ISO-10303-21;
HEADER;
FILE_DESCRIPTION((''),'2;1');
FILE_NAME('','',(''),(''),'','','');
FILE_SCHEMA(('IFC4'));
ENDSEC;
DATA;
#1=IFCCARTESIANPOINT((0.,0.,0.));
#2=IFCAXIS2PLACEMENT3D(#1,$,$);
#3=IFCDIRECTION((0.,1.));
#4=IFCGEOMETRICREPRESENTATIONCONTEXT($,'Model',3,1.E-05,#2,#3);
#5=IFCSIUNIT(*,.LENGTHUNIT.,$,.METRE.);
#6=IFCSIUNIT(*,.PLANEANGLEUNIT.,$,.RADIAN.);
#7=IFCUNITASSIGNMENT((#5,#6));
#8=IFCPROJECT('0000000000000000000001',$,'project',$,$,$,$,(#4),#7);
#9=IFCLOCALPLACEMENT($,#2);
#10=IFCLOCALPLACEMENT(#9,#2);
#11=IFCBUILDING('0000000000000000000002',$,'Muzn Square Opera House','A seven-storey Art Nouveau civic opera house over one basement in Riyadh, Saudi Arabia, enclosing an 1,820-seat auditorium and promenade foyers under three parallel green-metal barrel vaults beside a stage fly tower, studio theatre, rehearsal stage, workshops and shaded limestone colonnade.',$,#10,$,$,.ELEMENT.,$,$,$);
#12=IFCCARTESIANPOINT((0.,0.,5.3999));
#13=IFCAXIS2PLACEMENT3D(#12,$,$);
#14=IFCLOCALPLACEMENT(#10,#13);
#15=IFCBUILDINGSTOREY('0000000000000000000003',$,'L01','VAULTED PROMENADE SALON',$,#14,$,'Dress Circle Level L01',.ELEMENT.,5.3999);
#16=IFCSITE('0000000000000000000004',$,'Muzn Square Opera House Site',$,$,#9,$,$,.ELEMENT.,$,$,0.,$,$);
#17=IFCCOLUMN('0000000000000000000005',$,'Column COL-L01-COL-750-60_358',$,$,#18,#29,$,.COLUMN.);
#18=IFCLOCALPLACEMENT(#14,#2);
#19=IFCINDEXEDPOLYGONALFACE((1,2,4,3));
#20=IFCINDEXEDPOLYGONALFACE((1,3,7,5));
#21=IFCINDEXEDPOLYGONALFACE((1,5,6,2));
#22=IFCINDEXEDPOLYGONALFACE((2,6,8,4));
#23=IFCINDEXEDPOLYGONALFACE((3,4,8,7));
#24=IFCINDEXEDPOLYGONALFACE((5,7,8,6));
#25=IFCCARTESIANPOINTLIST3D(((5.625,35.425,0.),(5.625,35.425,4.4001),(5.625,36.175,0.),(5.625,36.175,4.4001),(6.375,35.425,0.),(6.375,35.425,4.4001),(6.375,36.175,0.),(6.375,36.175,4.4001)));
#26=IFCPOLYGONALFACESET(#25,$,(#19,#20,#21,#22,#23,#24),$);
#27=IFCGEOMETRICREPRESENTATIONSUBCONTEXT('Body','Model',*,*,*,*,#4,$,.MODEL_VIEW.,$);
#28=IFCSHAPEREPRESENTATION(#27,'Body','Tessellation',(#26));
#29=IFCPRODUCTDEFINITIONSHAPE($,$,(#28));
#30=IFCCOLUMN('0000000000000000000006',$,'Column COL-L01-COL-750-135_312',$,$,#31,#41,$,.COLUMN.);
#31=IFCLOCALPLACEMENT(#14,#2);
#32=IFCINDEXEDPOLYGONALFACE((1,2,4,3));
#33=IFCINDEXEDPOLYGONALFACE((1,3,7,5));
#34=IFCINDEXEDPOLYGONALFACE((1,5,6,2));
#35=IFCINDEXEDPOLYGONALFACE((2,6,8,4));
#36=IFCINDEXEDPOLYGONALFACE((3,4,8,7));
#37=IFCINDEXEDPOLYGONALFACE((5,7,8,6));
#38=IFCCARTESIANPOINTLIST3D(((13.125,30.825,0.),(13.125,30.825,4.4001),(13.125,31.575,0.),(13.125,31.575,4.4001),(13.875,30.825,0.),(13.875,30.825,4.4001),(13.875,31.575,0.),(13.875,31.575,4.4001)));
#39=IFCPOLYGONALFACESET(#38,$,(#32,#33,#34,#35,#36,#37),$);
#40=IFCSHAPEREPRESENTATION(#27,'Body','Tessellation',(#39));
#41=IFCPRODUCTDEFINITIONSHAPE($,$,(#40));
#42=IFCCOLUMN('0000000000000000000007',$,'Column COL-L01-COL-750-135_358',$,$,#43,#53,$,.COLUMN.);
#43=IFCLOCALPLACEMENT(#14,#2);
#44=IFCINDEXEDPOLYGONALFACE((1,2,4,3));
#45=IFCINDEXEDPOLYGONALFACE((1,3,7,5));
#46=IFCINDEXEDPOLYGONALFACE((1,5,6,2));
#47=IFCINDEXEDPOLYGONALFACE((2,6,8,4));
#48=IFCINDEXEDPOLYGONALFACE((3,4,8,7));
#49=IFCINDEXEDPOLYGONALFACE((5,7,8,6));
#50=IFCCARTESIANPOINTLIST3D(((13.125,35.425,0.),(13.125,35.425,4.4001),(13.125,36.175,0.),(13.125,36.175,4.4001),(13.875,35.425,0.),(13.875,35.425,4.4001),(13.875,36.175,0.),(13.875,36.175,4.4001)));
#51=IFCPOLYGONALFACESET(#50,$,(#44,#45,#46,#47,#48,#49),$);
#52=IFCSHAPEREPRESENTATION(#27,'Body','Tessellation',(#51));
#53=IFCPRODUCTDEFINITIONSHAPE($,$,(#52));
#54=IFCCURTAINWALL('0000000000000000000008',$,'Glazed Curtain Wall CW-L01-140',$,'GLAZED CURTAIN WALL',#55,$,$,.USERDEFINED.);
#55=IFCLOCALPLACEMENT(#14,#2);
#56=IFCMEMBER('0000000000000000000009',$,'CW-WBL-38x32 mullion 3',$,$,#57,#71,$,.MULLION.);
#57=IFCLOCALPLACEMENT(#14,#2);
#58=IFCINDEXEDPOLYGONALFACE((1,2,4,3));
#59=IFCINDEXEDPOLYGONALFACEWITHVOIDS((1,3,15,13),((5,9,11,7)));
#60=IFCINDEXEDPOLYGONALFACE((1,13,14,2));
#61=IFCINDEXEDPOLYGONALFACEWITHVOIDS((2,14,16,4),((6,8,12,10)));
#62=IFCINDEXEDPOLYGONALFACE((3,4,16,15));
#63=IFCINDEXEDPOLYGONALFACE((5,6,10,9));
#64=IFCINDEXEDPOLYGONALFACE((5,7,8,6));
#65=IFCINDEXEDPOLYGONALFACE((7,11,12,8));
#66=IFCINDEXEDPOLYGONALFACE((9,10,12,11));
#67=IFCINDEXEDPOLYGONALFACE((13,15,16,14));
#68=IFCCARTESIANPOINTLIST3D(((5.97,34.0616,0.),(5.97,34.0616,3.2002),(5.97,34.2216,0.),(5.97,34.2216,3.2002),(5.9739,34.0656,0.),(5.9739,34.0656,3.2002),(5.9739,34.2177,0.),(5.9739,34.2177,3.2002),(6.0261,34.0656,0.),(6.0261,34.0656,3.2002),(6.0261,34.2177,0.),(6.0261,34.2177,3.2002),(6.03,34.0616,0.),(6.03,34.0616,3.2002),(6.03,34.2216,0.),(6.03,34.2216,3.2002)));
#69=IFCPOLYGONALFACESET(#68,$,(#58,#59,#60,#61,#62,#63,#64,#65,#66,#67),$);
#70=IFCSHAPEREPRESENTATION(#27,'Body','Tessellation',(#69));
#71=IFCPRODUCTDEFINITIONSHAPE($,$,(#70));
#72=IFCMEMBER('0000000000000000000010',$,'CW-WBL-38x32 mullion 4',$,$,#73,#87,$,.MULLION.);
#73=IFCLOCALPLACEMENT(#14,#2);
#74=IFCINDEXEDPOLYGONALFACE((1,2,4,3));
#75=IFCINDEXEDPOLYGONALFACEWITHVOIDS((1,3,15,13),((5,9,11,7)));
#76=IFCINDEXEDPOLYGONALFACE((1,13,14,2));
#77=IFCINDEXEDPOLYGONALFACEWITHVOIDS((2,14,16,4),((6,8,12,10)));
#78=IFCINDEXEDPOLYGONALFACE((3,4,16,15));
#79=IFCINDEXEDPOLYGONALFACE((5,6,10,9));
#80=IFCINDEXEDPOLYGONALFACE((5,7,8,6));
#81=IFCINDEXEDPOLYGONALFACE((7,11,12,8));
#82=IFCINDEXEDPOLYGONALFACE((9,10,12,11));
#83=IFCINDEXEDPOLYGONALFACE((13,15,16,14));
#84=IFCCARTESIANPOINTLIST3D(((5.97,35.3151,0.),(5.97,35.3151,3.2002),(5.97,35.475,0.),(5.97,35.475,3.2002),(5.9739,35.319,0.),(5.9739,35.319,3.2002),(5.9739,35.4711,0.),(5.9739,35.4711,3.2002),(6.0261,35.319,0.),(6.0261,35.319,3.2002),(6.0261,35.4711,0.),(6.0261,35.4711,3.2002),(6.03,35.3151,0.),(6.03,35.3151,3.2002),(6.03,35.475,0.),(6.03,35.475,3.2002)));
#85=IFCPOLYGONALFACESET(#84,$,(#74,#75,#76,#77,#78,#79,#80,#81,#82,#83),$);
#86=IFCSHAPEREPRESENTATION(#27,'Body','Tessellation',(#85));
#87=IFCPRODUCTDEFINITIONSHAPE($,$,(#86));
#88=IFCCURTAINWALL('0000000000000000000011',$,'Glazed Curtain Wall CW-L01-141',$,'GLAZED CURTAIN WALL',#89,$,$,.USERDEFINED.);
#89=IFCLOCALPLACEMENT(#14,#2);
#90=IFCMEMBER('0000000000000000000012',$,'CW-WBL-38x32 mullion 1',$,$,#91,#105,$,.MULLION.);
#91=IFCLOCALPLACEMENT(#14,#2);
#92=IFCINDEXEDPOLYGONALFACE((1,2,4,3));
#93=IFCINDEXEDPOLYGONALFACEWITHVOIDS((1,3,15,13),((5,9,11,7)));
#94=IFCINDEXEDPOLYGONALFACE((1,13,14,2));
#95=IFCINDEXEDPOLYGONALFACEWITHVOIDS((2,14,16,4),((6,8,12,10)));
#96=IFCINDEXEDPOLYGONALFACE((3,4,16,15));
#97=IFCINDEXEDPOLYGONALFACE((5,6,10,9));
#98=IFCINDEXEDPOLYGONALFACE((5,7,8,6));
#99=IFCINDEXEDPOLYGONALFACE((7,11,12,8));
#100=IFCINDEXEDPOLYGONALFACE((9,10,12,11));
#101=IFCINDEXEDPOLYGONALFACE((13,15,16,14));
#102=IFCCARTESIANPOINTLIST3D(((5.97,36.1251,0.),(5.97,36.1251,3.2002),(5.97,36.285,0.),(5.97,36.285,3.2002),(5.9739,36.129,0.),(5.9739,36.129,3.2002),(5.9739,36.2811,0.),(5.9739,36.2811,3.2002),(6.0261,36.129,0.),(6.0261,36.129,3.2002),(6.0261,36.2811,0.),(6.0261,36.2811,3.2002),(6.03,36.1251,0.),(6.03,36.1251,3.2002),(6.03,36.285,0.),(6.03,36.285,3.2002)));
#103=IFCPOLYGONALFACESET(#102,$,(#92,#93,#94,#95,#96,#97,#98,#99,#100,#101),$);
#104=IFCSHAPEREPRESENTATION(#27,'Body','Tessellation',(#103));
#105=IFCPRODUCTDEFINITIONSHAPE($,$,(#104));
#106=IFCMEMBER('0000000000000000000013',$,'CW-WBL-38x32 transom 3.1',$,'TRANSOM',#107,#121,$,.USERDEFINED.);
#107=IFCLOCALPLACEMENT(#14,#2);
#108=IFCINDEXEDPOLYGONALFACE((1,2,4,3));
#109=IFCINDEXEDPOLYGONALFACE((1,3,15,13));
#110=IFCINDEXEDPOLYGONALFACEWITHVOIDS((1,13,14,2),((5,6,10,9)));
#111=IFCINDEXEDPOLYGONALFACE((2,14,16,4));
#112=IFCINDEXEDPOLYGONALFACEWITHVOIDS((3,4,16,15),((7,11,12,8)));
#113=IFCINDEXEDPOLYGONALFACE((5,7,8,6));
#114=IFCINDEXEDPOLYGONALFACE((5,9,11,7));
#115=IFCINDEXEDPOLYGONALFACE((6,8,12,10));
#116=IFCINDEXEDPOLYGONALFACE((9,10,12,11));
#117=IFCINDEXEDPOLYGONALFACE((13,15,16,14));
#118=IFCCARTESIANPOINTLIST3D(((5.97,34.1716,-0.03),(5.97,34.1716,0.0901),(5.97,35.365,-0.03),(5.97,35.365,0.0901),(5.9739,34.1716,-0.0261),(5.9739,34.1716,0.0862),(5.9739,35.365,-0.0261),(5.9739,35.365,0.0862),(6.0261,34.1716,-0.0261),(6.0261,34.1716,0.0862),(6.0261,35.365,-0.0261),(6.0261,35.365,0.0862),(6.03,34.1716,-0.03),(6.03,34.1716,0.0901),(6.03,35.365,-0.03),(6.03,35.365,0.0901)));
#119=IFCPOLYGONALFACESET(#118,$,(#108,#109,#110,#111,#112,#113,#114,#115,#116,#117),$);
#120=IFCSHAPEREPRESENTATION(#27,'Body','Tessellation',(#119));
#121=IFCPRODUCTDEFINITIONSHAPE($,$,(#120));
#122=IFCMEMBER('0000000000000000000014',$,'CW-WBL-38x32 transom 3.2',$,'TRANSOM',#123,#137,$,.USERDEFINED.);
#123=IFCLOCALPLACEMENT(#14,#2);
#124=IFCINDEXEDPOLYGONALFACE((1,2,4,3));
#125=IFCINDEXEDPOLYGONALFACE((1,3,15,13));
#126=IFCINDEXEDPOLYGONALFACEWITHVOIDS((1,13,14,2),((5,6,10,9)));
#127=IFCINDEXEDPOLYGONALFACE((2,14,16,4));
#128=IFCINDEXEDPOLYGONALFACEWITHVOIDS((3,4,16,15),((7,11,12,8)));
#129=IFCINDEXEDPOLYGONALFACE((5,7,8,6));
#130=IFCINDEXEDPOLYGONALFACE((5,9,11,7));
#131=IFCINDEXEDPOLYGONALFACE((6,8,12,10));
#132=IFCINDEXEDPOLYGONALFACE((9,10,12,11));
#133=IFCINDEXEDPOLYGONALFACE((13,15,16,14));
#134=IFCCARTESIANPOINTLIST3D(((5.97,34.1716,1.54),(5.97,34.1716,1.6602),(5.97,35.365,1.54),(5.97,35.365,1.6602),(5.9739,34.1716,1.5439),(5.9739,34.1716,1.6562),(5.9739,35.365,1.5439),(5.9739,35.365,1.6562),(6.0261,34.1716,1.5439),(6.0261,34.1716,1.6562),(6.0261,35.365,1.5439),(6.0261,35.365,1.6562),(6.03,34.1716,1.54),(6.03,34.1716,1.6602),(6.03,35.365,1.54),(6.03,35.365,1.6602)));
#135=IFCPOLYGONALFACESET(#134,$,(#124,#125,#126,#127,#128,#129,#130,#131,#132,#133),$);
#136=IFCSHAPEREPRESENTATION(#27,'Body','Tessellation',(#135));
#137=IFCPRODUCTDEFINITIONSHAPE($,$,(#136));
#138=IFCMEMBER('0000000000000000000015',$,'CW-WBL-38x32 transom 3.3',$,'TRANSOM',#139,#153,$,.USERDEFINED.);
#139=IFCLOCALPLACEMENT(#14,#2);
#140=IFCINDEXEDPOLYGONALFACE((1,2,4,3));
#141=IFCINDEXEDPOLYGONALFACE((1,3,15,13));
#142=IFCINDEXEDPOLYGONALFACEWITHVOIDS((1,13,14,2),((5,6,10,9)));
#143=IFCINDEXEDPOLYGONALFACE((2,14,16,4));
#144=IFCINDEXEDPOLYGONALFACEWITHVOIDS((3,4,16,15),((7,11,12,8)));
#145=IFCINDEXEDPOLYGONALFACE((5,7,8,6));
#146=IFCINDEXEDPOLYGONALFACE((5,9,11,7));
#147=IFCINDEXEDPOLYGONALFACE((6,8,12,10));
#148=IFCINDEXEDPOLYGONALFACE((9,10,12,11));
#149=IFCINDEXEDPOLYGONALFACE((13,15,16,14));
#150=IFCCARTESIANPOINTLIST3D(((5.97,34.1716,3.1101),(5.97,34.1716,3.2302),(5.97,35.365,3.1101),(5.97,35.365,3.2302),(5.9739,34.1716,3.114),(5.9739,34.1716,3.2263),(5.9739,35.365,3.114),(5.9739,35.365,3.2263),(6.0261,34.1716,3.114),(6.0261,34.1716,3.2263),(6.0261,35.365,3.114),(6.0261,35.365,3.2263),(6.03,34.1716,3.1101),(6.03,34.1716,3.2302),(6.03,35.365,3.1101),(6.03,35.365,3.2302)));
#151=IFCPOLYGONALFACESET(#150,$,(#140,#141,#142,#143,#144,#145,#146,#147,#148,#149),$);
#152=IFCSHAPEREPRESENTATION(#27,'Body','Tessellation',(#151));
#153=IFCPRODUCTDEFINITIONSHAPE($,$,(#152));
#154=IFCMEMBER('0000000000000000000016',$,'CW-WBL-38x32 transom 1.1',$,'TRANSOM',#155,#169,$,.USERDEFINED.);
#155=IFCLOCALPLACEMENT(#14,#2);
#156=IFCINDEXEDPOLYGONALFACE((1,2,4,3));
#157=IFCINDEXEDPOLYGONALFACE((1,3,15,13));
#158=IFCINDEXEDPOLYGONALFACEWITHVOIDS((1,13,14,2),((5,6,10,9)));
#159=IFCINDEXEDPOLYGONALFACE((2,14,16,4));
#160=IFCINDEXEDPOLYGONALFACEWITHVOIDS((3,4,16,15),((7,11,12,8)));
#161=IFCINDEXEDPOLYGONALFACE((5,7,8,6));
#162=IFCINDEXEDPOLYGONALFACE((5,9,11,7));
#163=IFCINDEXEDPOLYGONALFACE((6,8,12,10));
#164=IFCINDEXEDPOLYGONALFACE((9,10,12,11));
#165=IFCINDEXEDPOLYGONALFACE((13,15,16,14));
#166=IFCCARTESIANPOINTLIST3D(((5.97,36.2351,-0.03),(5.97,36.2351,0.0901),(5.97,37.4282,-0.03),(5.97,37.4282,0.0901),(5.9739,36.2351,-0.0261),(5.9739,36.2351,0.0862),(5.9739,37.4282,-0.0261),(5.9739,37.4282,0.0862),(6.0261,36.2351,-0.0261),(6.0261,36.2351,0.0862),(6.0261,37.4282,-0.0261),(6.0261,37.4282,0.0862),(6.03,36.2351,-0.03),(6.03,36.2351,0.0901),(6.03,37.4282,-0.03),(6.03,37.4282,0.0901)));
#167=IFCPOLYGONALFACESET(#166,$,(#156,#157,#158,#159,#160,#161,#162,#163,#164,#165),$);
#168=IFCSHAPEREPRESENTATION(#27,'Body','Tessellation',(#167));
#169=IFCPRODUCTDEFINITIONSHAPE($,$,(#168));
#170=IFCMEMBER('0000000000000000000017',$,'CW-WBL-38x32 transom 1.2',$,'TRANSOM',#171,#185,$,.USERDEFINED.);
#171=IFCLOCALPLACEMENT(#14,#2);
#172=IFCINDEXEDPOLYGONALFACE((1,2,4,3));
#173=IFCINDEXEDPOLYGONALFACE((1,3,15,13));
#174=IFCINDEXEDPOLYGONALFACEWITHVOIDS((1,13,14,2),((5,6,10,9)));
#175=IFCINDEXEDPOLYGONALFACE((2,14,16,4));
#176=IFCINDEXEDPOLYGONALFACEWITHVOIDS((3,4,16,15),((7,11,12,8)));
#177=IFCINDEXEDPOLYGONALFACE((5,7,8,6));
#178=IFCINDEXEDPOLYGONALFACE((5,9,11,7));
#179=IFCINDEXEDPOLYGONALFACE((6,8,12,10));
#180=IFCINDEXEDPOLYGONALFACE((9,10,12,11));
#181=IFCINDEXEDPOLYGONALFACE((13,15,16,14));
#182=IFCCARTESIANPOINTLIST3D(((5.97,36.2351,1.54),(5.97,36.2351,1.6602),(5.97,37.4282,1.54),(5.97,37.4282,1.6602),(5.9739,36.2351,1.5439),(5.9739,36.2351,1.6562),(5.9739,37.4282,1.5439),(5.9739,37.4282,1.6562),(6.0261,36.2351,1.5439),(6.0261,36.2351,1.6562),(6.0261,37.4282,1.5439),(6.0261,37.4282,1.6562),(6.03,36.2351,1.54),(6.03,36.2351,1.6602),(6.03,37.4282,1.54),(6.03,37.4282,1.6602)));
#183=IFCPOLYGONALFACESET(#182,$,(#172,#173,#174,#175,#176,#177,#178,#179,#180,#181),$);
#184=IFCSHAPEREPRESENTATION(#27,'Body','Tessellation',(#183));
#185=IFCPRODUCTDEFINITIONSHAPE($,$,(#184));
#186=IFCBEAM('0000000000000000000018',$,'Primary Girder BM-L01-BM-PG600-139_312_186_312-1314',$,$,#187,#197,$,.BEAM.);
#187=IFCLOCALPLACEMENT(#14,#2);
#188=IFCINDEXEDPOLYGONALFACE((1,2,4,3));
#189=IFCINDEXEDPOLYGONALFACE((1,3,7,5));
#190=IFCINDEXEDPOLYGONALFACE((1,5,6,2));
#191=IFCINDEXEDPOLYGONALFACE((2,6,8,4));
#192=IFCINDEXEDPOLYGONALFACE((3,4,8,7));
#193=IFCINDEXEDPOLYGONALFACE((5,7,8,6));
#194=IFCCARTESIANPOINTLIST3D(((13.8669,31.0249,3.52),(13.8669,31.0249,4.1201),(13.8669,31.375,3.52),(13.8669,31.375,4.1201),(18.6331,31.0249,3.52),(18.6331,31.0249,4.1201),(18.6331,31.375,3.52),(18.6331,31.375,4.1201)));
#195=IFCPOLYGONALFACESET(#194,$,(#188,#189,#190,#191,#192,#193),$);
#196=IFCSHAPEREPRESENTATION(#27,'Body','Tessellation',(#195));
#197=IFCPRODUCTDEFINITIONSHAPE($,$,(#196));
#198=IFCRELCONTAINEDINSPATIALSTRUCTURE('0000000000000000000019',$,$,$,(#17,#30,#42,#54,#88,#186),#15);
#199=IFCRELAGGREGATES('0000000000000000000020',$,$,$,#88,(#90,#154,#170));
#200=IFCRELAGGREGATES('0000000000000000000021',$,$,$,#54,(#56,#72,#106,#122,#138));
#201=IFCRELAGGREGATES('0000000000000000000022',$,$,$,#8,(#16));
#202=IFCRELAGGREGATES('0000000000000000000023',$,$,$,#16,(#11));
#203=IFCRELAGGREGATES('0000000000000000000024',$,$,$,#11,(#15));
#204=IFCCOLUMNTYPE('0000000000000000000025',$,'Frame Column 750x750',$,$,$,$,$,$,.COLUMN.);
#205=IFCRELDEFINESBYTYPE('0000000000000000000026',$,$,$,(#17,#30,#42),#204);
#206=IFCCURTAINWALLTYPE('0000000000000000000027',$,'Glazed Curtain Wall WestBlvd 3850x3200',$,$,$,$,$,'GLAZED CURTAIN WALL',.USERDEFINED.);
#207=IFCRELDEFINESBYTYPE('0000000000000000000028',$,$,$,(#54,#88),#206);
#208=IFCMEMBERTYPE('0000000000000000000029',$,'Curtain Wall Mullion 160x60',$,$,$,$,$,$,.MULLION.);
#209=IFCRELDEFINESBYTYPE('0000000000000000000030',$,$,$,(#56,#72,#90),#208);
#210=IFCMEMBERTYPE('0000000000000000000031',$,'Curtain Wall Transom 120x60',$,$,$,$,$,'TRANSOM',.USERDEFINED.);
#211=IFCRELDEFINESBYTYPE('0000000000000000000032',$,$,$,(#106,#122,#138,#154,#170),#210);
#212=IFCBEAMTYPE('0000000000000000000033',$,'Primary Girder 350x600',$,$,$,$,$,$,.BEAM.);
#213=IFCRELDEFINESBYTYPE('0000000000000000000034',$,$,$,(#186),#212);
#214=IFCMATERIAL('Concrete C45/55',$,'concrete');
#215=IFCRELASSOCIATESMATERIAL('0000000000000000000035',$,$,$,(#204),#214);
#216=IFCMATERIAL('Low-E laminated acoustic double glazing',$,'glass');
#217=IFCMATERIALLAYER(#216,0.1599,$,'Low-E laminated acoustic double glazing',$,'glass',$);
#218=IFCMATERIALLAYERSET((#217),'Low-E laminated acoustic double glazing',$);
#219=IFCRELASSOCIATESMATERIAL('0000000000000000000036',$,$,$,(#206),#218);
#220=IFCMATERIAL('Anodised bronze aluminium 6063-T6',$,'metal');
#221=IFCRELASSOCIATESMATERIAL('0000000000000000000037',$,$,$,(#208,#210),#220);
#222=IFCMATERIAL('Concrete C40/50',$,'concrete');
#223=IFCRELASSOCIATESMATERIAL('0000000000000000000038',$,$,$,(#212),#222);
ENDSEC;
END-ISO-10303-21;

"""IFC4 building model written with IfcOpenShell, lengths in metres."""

from ifc_helpers import new_model, si_unit, direction, frame, origin, origin_2d, place, context, subcontext, project, spatial, rectangle, hollow_rectangle, extrude, material, layer, layer_set, material_profile, profile_set, type_object, element, aggregate, save


model = new_model("IFC4")

# Units and contexts
model_context = context("Model", 3, precision=1e-05, world=origin(), true_north=direction((0.0, 1.0)))
body_context = subcontext(model_context, "Body", "Model", "MODEL_VIEW")
ifc_project = project(units=[si_unit("LENGTHUNIT", "METRE"), si_unit("PLANEANGLEUNIT", "RADIAN")], contexts=[model_context])

# Site, building, storey
site_placement = place(None, origin())
site = spatial("IfcSite", under=ifc_project, at=site_placement, Name="Muzn Square Opera House Site", CompositionType="ELEMENT", RefElevation=0.0)
building_placement = place(site_placement, origin())
building = spatial("IfcBuilding", under=site, at=building_placement, Name="Muzn Square Opera House", Description="A seven-storey Art Nouveau civic opera house over one basement in Riyadh, Saudi Arabia, enclosing an 1,820-seat auditorium and promenade foyers under three parallel green-metal barrel vaults beside a stage fly tower, studio theatre, rehearsal stage, workshops and shaded limestone colonnade.", CompositionType="ELEMENT")
storey_placement = place(building_placement, frame((0.0, 0.0, 5.3999)))
storey = spatial("IfcBuildingStorey", under=building, at=storey_placement, Name="L01", Description="VAULTED PROMENADE SALON", LongName="Dress Circle Level L01", CompositionType="ELEMENT", Elevation=5.3999)

# Columns
ifc_material_1 = material(Name="Concrete C45/55", Category="concrete")
ifc_material_profile_1 = material_profile(ifc_material_1, rectangle(XDim=0.75, YDim=0.75, at=origin_2d()), Name="RC 750x750", Category="concrete")
ifc_profile_set_1 = profile_set([ifc_material_profile_1], Name="Concrete C45/55")
column_type = type_object("IfcColumnType", Name="Frame Column 750x750", PredefinedType="COLUMN", material=ifc_profile_set_1)
for number, where, z_axis, x_axis, name in (
    (1, (6.0, 35.8, 0.0), (0.0, 0.0, 1.0), (1.0, 0.0, 0.0), "Column COL-L01-COL-750-60_358"),
    (2, (13.5, 31.2, 0.0), (0.0, 0.0, 1.0), (1.0, 0.0, 0.0), "Column COL-L01-COL-750-135_312"),
    (3, (13.5, 35.8, 0.0), (0.0, 0.0, 1.0), (1.0, 0.0, 0.0), "Column COL-L01-COL-750-135_358"),
):
    element("IfcColumn", number, at=place(storey_placement, frame(where, z_axis=z_axis, x_axis=x_axis)), inside=storey, type_object=column_type, Name=name, PredefinedType="COLUMN", context=body_context, shape_type="SweptSolid", body=[
        extrude(rectangle(XDim=0.75, YDim=0.75, at=origin_2d()), origin(), (0.0, 0.0, 1.0), 4.4001),
    ])

# Curtain wall, members
ifc_material_2 = material(Name="Low-E laminated acoustic double glazing", Category="glass")
ifc_layer_1 = layer(ifc_material_2, 0.1599, Name="Low-E laminated acoustic double glazing", Category="glass")
ifc_layer_set_1 = layer_set([ifc_layer_1], Name="Low-E laminated acoustic double glazing")
curtain_wall_type = type_object("IfcCurtainWallType", Name="Glazed Curtain Wall WestBlvd 3850x3200", ElementType="GLAZED CURTAIN WALL", PredefinedType="USERDEFINED", material=ifc_layer_set_1)
curtain_wall_1_placement = place(storey_placement, origin())
curtain_wall_1 = element("IfcCurtainWall", 4, at=curtain_wall_1_placement, inside=storey, type_object=curtain_wall_type, Name="Glazed Curtain Wall CW-L01-140", ObjectType="GLAZED CURTAIN WALL", PredefinedType="USERDEFINED")
ifc_material_3 = material(Name="Anodised bronze aluminium 6063-T6", Category="metal")
ifc_material_profile_2 = material_profile(ifc_material_3, hollow_rectangle(XDim=0.0601, YDim=0.1599, WallThickness=0.0039, at=origin_2d()), Name="ALU 160x60x4", Category="metal")
ifc_profile_set_2 = profile_set([ifc_material_profile_2], Name="Anodised bronze aluminium 6063-T6")
member_type_1 = type_object("IfcMemberType", Name="Curtain Wall Mullion 160x60", PredefinedType="MULLION", material=ifc_profile_set_2)
member_1_placement = place(storey_placement, frame((6.0, 34.1416, 0.0), z_axis=(0.0, 0.0, 1.0), x_axis=(-1.0, 0.0, 0.0)))
member_1 = element("IfcMember", 5, at=member_1_placement, type_object=member_type_1, Name="CW-WBL-38x32 mullion 3", PredefinedType="MULLION", context=body_context, shape_type="SweptSolid", body=[
    extrude(hollow_rectangle(XDim=0.0601, YDim=0.1599, WallThickness=0.0039, at=origin_2d()), origin(), (0.0, 0.0, 1.0), 3.2002),
])
member_2_placement = place(storey_placement, frame((6.0, 35.395, 0.0), z_axis=(0.0, 0.0, 1.0), x_axis=(-1.0, 0.0, 0.0)))
member_2 = element("IfcMember", 6, at=member_2_placement, type_object=member_type_1, Name="CW-WBL-38x32 mullion 4", PredefinedType="MULLION", context=body_context, shape_type="SweptSolid", body=[
    extrude(hollow_rectangle(XDim=0.0601, YDim=0.1599, WallThickness=0.0039, at=origin_2d()), origin(), (0.0, 0.0, 1.0), 3.2002),
])

# Curtain wall, member
curtain_wall_2_placement = place(storey_placement, origin())
curtain_wall_2 = element("IfcCurtainWall", 7, at=curtain_wall_2_placement, inside=storey, type_object=curtain_wall_type, Name="Glazed Curtain Wall CW-L01-141", ObjectType="GLAZED CURTAIN WALL", PredefinedType="USERDEFINED")
member_3_placement = place(storey_placement, frame((6.0, 36.2051, 0.0), z_axis=(0.0, 0.0, 1.0), x_axis=(-1.0, 0.0, 0.0)))
member_3 = element("IfcMember", 8, at=member_3_placement, type_object=member_type_1, Name="CW-WBL-38x32 mullion 1", PredefinedType="MULLION", context=body_context, shape_type="SweptSolid", body=[
    extrude(hollow_rectangle(XDim=0.0601, YDim=0.1599, WallThickness=0.0039, at=origin_2d()), origin(), (0.0, 0.0, 1.0), 3.2002),
])

# Members
ifc_material_profile_3 = material_profile(ifc_material_3, hollow_rectangle(XDim=0.0601, YDim=0.1201, WallThickness=0.0039, at=origin_2d()), Name="ALU 120x60x4", Category="metal")
ifc_profile_set_3 = profile_set([ifc_material_profile_3], Name="Anodised bronze aluminium 6063-T6")
member_type_2 = type_object("IfcMemberType", Name="Curtain Wall Transom 120x60", ElementType="TRANSOM", PredefinedType="USERDEFINED", material=ifc_profile_set_3)
member_4_placement = place(storey_placement, frame((6.0, 34.1716, 0.03), z_axis=(0.0, 1.0, 0.0), x_axis=(-1.0, 0.0, 0.0)))
member_4 = element("IfcMember", 9, at=member_4_placement, type_object=member_type_2, Name="CW-WBL-38x32 transom 3.1", ObjectType="TRANSOM", PredefinedType="USERDEFINED", context=body_context, shape_type="SweptSolid", body=[
    extrude(hollow_rectangle(XDim=0.0601, YDim=0.1201, WallThickness=0.0039, at=origin_2d()), origin(), (0.0, 0.0, 1.0), 1.1934),
])
member_5_placement = place(storey_placement, frame((6.0, 34.1716, 1.6001), z_axis=(0.0, 1.0, 0.0), x_axis=(-1.0, 0.0, 0.0)))
member_5 = element("IfcMember", 10, at=member_5_placement, type_object=member_type_2, Name="CW-WBL-38x32 transom 3.2", ObjectType="TRANSOM", PredefinedType="USERDEFINED", context=body_context, shape_type="SweptSolid", body=[
    extrude(hollow_rectangle(XDim=0.0601, YDim=0.1201, WallThickness=0.0039, at=origin_2d()), origin(), (0.0, 0.0, 1.0), 1.1934),
])
member_6_placement = place(storey_placement, frame((6.0, 34.1716, 3.1702), z_axis=(0.0, 1.0, 0.0), x_axis=(-1.0, 0.0, 0.0)))
member_6 = element("IfcMember", 11, at=member_6_placement, type_object=member_type_2, Name="CW-WBL-38x32 transom 3.3", ObjectType="TRANSOM", PredefinedType="USERDEFINED", context=body_context, shape_type="SweptSolid", body=[
    extrude(hollow_rectangle(XDim=0.0601, YDim=0.1201, WallThickness=0.0039, at=origin_2d()), origin(), (0.0, 0.0, 1.0), 1.1934),
])
member_7_placement = place(storey_placement, frame((6.0, 36.2351, 0.03), z_axis=(0.0, 1.0, 0.0), x_axis=(-1.0, 0.0, 0.0)))
member_7 = element("IfcMember", 12, at=member_7_placement, type_object=member_type_2, Name="CW-WBL-38x32 transom 1.1", ObjectType="TRANSOM", PredefinedType="USERDEFINED", context=body_context, shape_type="SweptSolid", body=[
    extrude(hollow_rectangle(XDim=0.0601, YDim=0.1201, WallThickness=0.0039, at=origin_2d()), origin(), (0.0, 0.0, 1.0), 1.1931),
])
member_8_placement = place(storey_placement, frame((6.0, 36.2351, 1.6001), z_axis=(0.0, 1.0, 0.0), x_axis=(-1.0, 0.0, 0.0)))
member_8 = element("IfcMember", 13, at=member_8_placement, type_object=member_type_2, Name="CW-WBL-38x32 transom 1.2", ObjectType="TRANSOM", PredefinedType="USERDEFINED", context=body_context, shape_type="SweptSolid", body=[
    extrude(hollow_rectangle(XDim=0.0601, YDim=0.1201, WallThickness=0.0039, at=origin_2d()), origin(), (0.0, 0.0, 1.0), 1.1931),
])
aggregate(curtain_wall_2, [member_3, member_7, member_8])

# Beam
ifc_material_4 = material(Name="Concrete C40/50", Category="concrete")
ifc_material_profile_4 = material_profile(ifc_material_4, rectangle(XDim=0.3501, YDim=0.6001, at=origin_2d()), Name="RCB 350x600", Category="concrete")
ifc_profile_set_4 = profile_set([ifc_material_profile_4], Name="Concrete C40/50")
beam_type_1 = type_object("IfcBeamType", Name="Primary Girder 350x600", PredefinedType="BEAM", material=ifc_profile_set_4)
beam_1_placement = place(storey_placement, frame((13.8669, 31.2, 3.8201), z_axis=(1.0, 0.0, 0.0), x_axis=(0.0, 1.0, 0.0)))
element("IfcBeam", 14, at=beam_1_placement, inside=storey, type_object=beam_type_1, Name="Primary Girder BM-L01-BM-PG600-139_312_186_312-1314", PredefinedType="BEAM", context=body_context, shape_type="SweptSolid", body=[
    extrude(rectangle(XDim=0.3501, YDim=0.6001, at=origin_2d()), origin(), (0.0, 0.0, 1.0), 4.7661),
])

aggregate(curtain_wall_1, [member_1, member_2, member_4, member_5, member_6])

save(model, "model.ifc")
